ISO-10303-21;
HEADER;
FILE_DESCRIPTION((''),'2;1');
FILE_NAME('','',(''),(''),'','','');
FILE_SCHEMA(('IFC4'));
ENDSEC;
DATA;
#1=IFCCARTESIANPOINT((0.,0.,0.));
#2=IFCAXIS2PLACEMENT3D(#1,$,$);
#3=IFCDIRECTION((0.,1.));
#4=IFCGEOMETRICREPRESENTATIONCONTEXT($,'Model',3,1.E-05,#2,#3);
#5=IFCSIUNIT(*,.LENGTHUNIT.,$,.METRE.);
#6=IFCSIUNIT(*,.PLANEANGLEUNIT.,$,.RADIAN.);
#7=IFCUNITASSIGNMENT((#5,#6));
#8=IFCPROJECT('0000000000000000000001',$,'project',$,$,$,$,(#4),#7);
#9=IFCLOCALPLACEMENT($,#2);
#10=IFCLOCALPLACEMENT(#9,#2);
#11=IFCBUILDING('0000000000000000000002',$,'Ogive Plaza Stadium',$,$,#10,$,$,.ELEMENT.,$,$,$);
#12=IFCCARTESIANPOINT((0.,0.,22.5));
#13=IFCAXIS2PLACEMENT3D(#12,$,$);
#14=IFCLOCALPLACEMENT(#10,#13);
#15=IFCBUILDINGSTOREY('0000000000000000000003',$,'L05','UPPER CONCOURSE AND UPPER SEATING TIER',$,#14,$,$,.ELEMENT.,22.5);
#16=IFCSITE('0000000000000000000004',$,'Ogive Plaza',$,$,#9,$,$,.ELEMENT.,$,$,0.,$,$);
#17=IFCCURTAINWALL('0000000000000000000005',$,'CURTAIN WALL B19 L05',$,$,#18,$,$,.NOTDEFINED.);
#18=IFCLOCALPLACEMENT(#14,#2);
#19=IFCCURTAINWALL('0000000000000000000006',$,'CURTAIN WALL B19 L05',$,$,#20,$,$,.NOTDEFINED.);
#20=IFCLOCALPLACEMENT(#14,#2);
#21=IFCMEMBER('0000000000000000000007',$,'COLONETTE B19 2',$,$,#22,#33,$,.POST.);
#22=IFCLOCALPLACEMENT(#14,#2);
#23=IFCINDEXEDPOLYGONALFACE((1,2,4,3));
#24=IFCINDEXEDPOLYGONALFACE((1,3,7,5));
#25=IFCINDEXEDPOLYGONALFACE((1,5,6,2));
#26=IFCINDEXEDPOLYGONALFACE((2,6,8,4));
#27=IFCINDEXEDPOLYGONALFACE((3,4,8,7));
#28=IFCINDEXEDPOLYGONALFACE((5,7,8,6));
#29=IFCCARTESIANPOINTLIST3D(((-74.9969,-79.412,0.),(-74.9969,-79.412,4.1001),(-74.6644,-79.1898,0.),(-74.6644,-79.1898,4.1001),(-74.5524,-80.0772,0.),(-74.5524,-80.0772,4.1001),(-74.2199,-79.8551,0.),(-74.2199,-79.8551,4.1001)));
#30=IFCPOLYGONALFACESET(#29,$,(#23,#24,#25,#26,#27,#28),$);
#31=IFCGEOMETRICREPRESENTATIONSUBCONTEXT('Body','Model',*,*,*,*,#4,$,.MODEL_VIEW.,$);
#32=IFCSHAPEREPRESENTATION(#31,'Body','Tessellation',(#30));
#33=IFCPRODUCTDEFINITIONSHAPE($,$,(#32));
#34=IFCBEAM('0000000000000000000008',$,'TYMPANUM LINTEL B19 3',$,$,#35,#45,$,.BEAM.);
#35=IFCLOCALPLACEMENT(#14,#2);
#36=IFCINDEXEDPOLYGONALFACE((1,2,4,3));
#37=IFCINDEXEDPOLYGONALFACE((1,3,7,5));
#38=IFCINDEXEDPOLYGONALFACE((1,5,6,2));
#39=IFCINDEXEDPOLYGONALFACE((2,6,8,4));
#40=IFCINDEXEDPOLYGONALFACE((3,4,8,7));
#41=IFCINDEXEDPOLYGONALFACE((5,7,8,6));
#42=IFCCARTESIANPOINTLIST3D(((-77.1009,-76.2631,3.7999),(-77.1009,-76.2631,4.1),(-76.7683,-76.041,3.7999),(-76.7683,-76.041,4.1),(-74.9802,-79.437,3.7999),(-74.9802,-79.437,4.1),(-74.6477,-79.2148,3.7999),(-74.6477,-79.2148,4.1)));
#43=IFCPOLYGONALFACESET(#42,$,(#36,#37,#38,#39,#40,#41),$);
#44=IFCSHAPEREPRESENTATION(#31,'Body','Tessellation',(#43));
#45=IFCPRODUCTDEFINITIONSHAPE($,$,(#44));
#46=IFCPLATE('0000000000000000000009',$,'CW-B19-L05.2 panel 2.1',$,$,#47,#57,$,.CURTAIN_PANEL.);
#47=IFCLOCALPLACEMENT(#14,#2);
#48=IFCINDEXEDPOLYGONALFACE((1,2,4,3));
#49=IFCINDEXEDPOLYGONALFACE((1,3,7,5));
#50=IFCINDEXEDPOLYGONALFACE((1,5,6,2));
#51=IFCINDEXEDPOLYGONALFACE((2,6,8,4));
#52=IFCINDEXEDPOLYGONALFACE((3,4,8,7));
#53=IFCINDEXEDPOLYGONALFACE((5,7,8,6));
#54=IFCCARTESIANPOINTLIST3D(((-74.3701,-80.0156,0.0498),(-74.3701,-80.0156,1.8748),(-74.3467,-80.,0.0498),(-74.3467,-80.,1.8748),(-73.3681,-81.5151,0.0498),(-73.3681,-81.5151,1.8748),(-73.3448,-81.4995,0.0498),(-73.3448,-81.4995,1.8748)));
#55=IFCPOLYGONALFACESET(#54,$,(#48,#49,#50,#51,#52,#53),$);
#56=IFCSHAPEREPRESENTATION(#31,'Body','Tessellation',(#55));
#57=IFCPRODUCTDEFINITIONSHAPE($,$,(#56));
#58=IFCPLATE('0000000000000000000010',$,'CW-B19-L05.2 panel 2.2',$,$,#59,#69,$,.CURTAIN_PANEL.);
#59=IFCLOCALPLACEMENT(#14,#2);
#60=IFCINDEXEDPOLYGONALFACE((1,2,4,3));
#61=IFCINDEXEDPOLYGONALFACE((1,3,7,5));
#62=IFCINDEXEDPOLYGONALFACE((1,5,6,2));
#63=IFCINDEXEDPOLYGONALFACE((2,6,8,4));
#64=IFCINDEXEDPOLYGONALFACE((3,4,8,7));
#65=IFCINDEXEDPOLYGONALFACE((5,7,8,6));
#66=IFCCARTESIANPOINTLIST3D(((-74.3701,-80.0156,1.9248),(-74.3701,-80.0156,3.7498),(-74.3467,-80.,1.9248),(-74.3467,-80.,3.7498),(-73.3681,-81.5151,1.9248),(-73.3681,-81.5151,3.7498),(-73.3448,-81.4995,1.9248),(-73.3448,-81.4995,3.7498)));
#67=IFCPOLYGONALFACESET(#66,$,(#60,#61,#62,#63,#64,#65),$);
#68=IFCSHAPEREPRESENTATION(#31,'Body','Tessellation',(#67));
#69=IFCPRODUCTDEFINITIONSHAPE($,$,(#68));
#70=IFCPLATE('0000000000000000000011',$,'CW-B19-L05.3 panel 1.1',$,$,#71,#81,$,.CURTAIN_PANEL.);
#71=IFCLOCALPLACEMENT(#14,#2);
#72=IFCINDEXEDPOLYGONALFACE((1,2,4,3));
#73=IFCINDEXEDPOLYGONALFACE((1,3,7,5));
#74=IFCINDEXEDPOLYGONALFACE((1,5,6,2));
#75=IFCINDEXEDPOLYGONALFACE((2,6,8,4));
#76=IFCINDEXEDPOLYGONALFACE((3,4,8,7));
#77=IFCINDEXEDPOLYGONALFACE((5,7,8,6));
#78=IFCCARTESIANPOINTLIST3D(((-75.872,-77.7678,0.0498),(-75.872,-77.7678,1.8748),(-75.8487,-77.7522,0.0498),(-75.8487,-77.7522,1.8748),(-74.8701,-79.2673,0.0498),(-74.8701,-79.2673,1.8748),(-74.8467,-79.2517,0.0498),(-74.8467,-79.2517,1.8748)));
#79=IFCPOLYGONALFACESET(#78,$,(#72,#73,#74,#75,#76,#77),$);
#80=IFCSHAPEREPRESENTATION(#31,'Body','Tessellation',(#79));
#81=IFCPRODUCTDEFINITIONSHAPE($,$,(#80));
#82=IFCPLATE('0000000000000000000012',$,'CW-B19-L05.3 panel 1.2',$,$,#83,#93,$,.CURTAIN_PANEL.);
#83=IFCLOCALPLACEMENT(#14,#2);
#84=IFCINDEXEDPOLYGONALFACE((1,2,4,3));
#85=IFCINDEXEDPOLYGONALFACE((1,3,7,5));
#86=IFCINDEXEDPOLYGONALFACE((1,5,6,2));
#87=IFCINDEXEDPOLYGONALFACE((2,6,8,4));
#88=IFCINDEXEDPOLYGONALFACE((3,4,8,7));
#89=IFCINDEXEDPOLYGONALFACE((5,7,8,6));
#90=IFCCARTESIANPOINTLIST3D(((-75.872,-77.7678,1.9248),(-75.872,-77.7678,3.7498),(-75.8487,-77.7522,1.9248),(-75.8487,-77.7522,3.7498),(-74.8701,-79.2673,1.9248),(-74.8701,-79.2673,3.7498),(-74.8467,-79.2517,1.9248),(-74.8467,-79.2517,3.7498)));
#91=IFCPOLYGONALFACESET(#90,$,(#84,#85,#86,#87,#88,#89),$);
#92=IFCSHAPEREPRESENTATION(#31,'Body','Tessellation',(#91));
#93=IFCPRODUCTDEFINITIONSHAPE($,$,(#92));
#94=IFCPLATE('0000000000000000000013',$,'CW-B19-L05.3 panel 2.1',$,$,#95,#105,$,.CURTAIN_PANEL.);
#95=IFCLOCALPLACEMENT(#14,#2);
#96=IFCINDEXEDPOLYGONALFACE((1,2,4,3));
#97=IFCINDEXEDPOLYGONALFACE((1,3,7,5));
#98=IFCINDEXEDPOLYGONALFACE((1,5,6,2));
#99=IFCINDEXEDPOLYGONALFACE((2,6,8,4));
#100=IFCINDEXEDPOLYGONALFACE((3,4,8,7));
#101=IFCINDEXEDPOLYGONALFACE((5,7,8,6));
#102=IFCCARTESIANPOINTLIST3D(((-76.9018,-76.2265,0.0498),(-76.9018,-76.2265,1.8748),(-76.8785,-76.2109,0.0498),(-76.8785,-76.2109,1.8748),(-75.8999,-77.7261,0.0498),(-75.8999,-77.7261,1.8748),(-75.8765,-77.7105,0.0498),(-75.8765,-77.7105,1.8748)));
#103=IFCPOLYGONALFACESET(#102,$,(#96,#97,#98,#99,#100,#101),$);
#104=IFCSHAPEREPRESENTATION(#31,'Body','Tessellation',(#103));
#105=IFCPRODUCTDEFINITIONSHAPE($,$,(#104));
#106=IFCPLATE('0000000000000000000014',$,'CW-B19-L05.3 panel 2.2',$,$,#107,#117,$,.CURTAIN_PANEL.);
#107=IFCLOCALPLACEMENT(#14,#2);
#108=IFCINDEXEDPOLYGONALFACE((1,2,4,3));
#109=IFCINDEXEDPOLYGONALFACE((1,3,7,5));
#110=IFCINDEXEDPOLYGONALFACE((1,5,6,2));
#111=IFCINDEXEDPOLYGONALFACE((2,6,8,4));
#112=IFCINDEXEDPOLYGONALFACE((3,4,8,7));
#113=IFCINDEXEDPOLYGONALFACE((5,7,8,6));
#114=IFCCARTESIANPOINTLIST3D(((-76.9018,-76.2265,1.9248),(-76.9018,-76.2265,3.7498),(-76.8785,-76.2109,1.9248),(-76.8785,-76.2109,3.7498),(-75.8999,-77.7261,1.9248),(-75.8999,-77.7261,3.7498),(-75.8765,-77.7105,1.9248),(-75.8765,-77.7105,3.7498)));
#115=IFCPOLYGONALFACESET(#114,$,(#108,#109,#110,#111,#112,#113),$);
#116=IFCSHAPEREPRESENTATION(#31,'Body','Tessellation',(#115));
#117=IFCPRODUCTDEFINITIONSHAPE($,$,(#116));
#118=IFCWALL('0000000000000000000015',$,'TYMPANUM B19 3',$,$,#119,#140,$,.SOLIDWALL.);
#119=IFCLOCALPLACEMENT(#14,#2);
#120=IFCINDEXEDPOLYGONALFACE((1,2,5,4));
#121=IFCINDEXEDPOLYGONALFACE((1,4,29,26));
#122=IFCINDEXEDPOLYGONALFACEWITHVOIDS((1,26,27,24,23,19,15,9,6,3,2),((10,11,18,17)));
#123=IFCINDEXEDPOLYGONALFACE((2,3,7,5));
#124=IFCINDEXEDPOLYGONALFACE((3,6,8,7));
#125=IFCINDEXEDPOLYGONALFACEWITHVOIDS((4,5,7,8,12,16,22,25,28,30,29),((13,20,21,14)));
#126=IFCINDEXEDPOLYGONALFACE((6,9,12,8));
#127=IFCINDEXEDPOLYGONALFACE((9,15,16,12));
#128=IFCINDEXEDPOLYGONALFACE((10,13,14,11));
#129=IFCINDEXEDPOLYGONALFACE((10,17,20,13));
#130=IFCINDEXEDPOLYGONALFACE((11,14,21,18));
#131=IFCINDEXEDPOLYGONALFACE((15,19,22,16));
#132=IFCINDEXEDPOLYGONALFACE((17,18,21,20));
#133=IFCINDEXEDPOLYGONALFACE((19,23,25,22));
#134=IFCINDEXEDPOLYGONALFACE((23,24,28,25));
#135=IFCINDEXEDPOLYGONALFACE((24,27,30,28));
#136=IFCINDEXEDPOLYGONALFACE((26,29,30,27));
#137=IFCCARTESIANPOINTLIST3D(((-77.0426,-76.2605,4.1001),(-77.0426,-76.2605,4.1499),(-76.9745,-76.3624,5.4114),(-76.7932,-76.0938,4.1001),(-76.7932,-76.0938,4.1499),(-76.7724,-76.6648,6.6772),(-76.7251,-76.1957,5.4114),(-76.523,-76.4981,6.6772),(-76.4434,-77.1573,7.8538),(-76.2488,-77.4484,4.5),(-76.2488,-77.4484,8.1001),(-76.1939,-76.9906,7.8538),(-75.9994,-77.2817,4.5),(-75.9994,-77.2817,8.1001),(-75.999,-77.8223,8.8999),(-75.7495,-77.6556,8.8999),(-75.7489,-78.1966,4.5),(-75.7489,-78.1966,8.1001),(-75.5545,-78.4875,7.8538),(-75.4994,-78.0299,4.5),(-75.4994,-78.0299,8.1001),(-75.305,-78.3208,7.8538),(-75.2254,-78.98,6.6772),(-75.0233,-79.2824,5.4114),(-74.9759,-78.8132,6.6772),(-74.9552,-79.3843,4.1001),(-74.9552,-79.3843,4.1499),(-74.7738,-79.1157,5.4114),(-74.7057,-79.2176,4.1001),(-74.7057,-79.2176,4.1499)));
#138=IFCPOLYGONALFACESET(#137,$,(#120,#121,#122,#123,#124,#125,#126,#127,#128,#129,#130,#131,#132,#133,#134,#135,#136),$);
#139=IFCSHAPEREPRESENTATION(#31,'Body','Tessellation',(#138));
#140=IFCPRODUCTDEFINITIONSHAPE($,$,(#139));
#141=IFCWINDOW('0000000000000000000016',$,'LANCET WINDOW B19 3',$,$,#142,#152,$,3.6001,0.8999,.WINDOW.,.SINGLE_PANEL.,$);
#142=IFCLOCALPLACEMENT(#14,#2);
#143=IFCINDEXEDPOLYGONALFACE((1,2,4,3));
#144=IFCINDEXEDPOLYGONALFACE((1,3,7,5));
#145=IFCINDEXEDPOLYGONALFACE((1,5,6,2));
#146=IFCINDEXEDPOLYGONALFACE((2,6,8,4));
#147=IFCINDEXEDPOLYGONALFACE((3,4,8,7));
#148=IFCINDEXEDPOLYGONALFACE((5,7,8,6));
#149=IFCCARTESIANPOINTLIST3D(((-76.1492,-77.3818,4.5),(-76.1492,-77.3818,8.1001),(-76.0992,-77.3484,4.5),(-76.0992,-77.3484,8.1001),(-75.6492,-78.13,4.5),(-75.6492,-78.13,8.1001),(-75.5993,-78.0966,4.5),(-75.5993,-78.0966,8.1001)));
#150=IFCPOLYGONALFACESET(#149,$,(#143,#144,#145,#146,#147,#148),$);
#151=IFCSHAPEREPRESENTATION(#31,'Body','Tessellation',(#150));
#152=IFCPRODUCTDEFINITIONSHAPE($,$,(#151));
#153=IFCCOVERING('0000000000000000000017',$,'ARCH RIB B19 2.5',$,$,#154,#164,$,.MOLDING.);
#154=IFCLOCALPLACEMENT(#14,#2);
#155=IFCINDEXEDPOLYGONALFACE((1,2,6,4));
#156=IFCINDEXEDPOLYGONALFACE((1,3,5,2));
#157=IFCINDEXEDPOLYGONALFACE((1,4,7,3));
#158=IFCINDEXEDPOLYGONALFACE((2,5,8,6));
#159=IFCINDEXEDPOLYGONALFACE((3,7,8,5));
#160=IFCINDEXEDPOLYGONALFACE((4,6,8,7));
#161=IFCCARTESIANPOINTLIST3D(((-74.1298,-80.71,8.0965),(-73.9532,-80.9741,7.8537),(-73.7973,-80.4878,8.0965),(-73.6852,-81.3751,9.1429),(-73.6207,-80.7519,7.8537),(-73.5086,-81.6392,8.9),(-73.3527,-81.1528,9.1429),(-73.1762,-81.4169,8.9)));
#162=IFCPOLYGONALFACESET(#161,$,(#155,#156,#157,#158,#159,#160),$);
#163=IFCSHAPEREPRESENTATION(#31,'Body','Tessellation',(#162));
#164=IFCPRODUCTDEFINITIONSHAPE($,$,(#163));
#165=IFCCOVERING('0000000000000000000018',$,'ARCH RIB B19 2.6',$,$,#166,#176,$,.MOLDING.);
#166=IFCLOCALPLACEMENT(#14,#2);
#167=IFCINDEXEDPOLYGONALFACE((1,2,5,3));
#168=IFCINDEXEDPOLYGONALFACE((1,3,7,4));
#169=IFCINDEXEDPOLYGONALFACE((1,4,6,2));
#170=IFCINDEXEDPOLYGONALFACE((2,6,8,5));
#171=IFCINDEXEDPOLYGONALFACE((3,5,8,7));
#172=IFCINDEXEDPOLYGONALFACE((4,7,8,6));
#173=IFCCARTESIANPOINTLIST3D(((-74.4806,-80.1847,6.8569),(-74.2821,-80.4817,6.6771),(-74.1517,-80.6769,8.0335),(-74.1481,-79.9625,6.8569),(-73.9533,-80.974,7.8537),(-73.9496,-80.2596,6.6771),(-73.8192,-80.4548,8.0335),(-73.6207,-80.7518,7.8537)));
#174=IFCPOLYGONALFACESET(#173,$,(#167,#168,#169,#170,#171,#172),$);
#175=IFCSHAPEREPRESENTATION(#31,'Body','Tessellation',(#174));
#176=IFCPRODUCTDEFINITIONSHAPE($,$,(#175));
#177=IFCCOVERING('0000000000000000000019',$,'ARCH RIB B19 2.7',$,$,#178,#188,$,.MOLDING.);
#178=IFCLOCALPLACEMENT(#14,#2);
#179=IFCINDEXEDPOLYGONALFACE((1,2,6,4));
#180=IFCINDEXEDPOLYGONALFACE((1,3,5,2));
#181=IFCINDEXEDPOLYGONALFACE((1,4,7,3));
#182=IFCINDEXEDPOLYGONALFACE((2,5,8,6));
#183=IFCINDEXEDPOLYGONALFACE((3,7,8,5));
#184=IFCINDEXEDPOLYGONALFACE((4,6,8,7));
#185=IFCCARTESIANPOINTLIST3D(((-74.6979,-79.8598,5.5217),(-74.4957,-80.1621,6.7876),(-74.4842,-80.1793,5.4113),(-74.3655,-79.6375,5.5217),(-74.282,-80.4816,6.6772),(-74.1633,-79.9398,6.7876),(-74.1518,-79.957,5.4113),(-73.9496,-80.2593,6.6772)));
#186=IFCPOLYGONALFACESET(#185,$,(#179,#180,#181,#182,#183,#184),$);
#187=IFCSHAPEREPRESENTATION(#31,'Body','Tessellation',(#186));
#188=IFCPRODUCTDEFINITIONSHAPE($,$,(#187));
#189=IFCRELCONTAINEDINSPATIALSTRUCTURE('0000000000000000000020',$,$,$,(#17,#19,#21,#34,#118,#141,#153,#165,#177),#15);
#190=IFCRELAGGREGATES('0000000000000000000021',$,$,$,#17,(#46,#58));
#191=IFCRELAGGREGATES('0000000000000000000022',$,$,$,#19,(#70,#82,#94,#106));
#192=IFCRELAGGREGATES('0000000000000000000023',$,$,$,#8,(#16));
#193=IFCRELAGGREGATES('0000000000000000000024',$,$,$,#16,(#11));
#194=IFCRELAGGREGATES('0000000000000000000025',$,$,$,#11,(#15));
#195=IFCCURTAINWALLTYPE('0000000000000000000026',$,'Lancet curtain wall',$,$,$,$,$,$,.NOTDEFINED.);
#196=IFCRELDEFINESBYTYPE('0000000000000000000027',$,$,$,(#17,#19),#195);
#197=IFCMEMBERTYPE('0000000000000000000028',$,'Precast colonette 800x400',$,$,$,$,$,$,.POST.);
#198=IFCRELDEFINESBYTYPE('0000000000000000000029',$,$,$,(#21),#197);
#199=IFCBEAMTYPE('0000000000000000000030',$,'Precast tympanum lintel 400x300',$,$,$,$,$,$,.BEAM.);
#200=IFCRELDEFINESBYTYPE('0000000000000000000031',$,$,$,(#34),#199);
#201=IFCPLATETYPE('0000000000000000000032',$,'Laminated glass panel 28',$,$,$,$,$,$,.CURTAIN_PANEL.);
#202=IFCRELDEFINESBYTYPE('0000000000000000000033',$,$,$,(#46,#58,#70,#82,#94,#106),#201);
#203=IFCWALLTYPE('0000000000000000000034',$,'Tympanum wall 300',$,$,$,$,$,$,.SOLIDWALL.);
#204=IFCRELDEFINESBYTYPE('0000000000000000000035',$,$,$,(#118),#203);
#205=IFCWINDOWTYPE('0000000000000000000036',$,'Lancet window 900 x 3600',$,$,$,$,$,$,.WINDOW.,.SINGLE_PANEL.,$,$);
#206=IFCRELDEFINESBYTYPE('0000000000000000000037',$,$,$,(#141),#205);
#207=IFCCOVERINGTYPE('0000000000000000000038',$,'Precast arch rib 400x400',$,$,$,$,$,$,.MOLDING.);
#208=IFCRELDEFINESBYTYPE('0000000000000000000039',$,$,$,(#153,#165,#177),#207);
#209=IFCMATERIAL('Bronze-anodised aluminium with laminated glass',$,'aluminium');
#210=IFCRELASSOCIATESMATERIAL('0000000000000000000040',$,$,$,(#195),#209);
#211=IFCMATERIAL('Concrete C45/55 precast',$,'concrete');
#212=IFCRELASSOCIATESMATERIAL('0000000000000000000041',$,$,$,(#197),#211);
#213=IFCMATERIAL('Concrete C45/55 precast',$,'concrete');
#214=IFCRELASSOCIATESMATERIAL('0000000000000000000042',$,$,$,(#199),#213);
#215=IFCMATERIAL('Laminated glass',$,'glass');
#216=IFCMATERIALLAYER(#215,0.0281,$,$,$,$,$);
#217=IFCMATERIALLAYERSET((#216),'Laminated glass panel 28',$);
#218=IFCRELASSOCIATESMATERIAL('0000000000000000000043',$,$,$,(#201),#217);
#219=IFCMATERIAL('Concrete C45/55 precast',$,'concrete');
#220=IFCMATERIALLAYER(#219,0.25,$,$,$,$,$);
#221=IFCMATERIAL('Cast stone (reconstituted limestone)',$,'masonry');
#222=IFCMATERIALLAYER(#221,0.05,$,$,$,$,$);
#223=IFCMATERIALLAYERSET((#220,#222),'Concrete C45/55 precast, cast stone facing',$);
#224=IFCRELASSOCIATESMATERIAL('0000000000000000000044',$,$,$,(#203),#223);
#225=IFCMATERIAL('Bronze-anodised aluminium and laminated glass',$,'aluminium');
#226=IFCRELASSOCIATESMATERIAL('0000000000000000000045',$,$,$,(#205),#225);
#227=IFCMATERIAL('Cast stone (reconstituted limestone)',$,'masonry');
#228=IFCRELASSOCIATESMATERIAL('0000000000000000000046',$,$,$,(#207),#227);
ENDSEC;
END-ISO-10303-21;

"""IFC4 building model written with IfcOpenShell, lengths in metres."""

from ifc_helpers import new_model, si_unit, direction, frame, frame_2d, origin, origin_2d, place, context, subcontext, project, spatial, polyline, rectangle, outline, extrude, material, layer, layer_set, material_profile, profile_set, type_object, element, fill, aggregate, save


model = new_model("IFC4")

# Units and contexts
model_context = context("Model", 3, precision=1e-05, world=origin(), true_north=direction((0.0, 1.0)))
body_context = subcontext(model_context, "Body", "Model", "MODEL_VIEW")
ifc_project = project(units=[si_unit("LENGTHUNIT", "METRE"), si_unit("PLANEANGLEUNIT", "RADIAN")], contexts=[model_context])

# Site, building, storey
site_placement = place(None, origin())
site = spatial("IfcSite", under=ifc_project, at=site_placement, Name="Ogive Plaza", CompositionType="ELEMENT", RefElevation=0.0)
building_placement = place(site_placement, origin())
building = spatial("IfcBuilding", under=site, at=building_placement, Name="Ogive Plaza Stadium", CompositionType="ELEMENT")
storey_placement = place(building_placement, frame((0.0, 0.0, 22.5)))
storey = spatial("IfcBuildingStorey", under=building, at=storey_placement, Name="L05", Description="UPPER CONCOURSE AND UPPER SEATING TIER", CompositionType="ELEMENT", Elevation=22.5)

# Curtain walls
ifc_material_1 = material(Name="Bronze-anodised aluminium with laminated glass", Category="aluminium")
curtain_wall_type = type_object("IfcCurtainWallType", Name="Lancet curtain wall", PredefinedType="NOTDEFINED", material=ifc_material_1)
curtain_wall_1_placement = place(storey_placement, origin())
curtain_wall_1 = element("IfcCurtainWall", 1, at=curtain_wall_1_placement, inside=storey, type_object=curtain_wall_type, Name="CURTAIN WALL B19 L05", PredefinedType="NOTDEFINED")
curtain_wall_2_placement = place(storey_placement, origin())
curtain_wall_2 = element("IfcCurtainWall", 2, at=curtain_wall_2_placement, inside=storey, type_object=curtain_wall_type, Name="CURTAIN WALL B19 L05", PredefinedType="NOTDEFINED")

# Member
ifc_material_2 = material(Name="Concrete C45/55 precast", Category="concrete")
ifc_material_profile_1 = material_profile(ifc_material_2, rectangle(XDim=0.3999, YDim=0.8, at=origin_2d()), Name="RC 400x800")
ifc_profile_set_1 = profile_set([ifc_material_profile_1], Name="Concrete C45/55 precast")
member_type_1 = type_object("IfcMemberType", Name="Precast colonette 800x400", PredefinedType="POST", material=ifc_profile_set_1)
member_1_placement = place(storey_placement, frame((-74.6084, -79.6335, 0.0), z_axis=(0.0, 0.0, 1.0), x_axis=(-0.83147, -0.55557, 0.0)))
element("IfcMember", 3, at=member_1_placement, inside=storey, type_object=member_type_1, Name="COLONETTE B19 2", PredefinedType="POST", context=body_context, shape_type="SweptSolid", body=[
    extrude(rectangle(XDim=0.3999, YDim=0.8, at=origin_2d()), origin(), (0.0, 0.0, 1.0), 4.1001),
])

# Beam
ifc_material_3 = material(Name="Concrete C45/55 precast", Category="concrete")
ifc_material_profile_2 = material_profile(ifc_material_3, rectangle(XDim=0.3999, YDim=0.3, at=origin_2d()), Name="RC 400x300")
ifc_profile_set_2 = profile_set([ifc_material_profile_2], Name="Concrete C45/55 precast")
beam_type = type_object("IfcBeamType", Name="Precast tympanum lintel 400x300", PredefinedType="BEAM", material=ifc_profile_set_2)
beam_placement = place(storey_placement, frame((-74.814, -79.3259, 3.95), z_axis=(-0.555556, 0.831479, 0.0), x_axis=(-0.831479, -0.555556, 0.0)))
element("IfcBeam", 4, at=beam_placement, inside=storey, type_object=beam_type, Name="TYMPANUM LINTEL B19 3", PredefinedType="BEAM", context=body_context, shape_type="SweptSolid", body=[
    extrude(rectangle(XDim=0.3999, YDim=0.3, at=origin_2d()), origin(), (0.0, 0.0, 1.0), 3.8171),
])

# Plates
ifc_material_4 = material(Name="Laminated glass", Category="glass")
ifc_layer_1 = layer(ifc_material_4, 0.0281)
ifc_layer_set_1 = layer_set([ifc_layer_1], Name="Laminated glass panel 28")
plate_type = type_object("IfcPlateType", Name="Laminated glass panel 28", PredefinedType="CURTAIN_PANEL", material=ifc_layer_set_1)
plate_1_placement = place(storey_placement, frame((-73.8574, -80.7576, 0.0498), z_axis=(0.0, 0.0, 1.0), x_axis=(-0.55557, 0.83147, 0.0)))
plate_1 = element("IfcPlate", 5, at=plate_1_placement, type_object=plate_type, Name="CW-B19-L05.2 panel 2.1", PredefinedType="CURTAIN_PANEL", context=body_context, shape_type="SweptSolid", body=[
    extrude(rectangle(XDim=1.8035, YDim=0.0281, at=origin_2d()), origin(), (0.0, 0.0, 1.0), 1.825),
])
plate_2_placement = place(storey_placement, frame((-73.8574, -80.7576, 1.9248), z_axis=(0.0, 0.0, 1.0), x_axis=(-0.55557, 0.83147, 0.0)))
plate_2 = element("IfcPlate", 6, at=plate_2_placement, type_object=plate_type, Name="CW-B19-L05.2 panel 2.2", PredefinedType="CURTAIN_PANEL", context=body_context, shape_type="SweptSolid", body=[
    extrude(rectangle(XDim=1.8035, YDim=0.0281, at=origin_2d()), origin(), (0.0, 0.0, 1.0), 1.825),
])
aggregate(curtain_wall_1, [plate_1, plate_2])
plate_3_placement = place(storey_placement, frame((-75.3594, -78.5098, 0.0498), z_axis=(0.0, 0.0, 1.0), x_axis=(-0.55557, 0.83147, 0.0)))
plate_3 = element("IfcPlate", 7, at=plate_3_placement, type_object=plate_type, Name="CW-B19-L05.3 panel 1.1", PredefinedType="CURTAIN_PANEL", context=body_context, shape_type="SweptSolid", body=[
    extrude(rectangle(XDim=1.8035, YDim=0.0281, at=origin_2d()), origin(), (0.0, 0.0, 1.0), 1.825),
])
plate_4_placement = place(storey_placement, frame((-75.3594, -78.5098, 1.9248), z_axis=(0.0, 0.0, 1.0), x_axis=(-0.55557, 0.83147, 0.0)))
plate_4 = element("IfcPlate", 8, at=plate_4_placement, type_object=plate_type, Name="CW-B19-L05.3 panel 1.2", PredefinedType="CURTAIN_PANEL", context=body_context, shape_type="SweptSolid", body=[
    extrude(rectangle(XDim=1.8035, YDim=0.0281, at=origin_2d()), origin(), (0.0, 0.0, 1.0), 1.825),
])
plate_5_placement = place(storey_placement, frame((-76.3892, -76.9685, 0.0498), z_axis=(0.0, 0.0, 1.0), x_axis=(-0.55557, 0.83147, 0.0)))
plate_5 = element("IfcPlate", 9, at=plate_5_placement, type_object=plate_type, Name="CW-B19-L05.3 panel 2.1", PredefinedType="CURTAIN_PANEL", context=body_context, shape_type="SweptSolid", body=[
    extrude(rectangle(XDim=1.8035, YDim=0.0281, at=origin_2d()), origin(), (0.0, 0.0, 1.0), 1.825),
])
plate_6_placement = place(storey_placement, frame((-76.3892, -76.9685, 1.9248), z_axis=(0.0, 0.0, 1.0), x_axis=(-0.55557, 0.83147, 0.0)))
plate_6 = element("IfcPlate", 10, at=plate_6_placement, type_object=plate_type, Name="CW-B19-L05.3 panel 2.2", PredefinedType="CURTAIN_PANEL", context=body_context, shape_type="SweptSolid", body=[
    extrude(rectangle(XDim=1.8035, YDim=0.0281, at=origin_2d()), origin(), (0.0, 0.0, 1.0), 1.825),
])
aggregate(curtain_wall_2, [plate_3, plate_4, plate_5, plate_6])

# Wall, opening, window
ifc_material_5 = material(Name="Concrete C45/55 precast", Category="concrete")
ifc_layer_2 = layer(ifc_material_5, 0.25)
ifc_material_6 = material(Name="Cast stone (reconstituted limestone)", Category="masonry")
ifc_layer_3 = layer(ifc_material_6, 0.05)
ifc_layer_set_2 = layer_set([ifc_layer_2, ifc_layer_3], Name="Concrete C45/55 precast, cast stone facing")
wall_type = type_object("IfcWallType", Name="Tympanum wall 300", PredefinedType="SOLIDWALL", material=ifc_layer_set_2)
wall_placement = place(storey_placement, frame((-74.8306, -79.301, 4.1001), z_axis=(0.0, 0.0, 1.0), x_axis=(-0.5556, 0.83145, 0.0)))
wall = element("IfcWall", 11, at=wall_placement, inside=storey, type_object=wall_type, Name="TYMPANUM B19 3", PredefinedType="SOLIDWALL", context=body_context, shape_type="SweptSolid", body=[
    extrude(outline(polyline([(0.0, 0.0), (3.7571, 0.0), (3.7571, 0.0498), (3.6345, 1.3113), (3.2708, 2.5771), (2.6785, 3.7537), (1.8787, 4.7998), (1.0786, 3.7537), (0.4863, 2.5771), (0.1226, 1.3113), (0.0, 0.0498), (0.0, 0.0)])), frame((0.0, 0.1499, 0.0), z_axis=(0.0, -1.0, 0.0), x_axis=(1.0, 0.0, 0.0)), (0.0, 0.0, 1.0), 0.3),
])
opening_placement = place(wall_placement, frame((1.4285, 0.0, 0.3999)))
opening = element("IfcOpeningElement", 12, at=opening_placement, cuts=wall, PredefinedType="OPENING", context=body_context, shape_type="SweptSolid", body=[
    extrude(rectangle(XDim=0.8999, YDim=3.6001, at=frame_2d((0.45, 1.8))), frame((0.0, 0.1602, 0.0), z_axis=(0.0, -1.0, 0.0), x_axis=(1.0, 0.0, 0.0)), (0.0, 0.0, 1.0), 0.3201),
])
ifc_material_7 = material(Name="Bronze-anodised aluminium and laminated glass", Category="aluminium")
window_type = type_object("IfcWindowType", Name="Lancet window 900 x 3600", PartitioningType="SINGLE_PANEL", PredefinedType="WINDOW", material=ifc_material_7)
window_placement = place(opening_placement, origin())
window = element("IfcWindow", 13, at=window_placement, inside=storey, type_object=window_type, Name="LANCET WINDOW B19 3", OverallHeight=3.6001, OverallWidth=0.8999, PartitioningType="SINGLE_PANEL", PredefinedType="WINDOW", context=body_context, shape_type="SweptSolid", body=[
    extrude(rectangle(XDim=0.8999, YDim=3.6001, at=frame_2d((0.45, 1.8))), frame((0.0, 0.03, 0.0), z_axis=(0.0, -1.0, 0.0), x_axis=(1.0, 0.0, 0.0)), (0.0, 0.0, 1.0), 0.0601),
])
fill(opening, window)

# Coverings
ifc_material_8 = material(Name="Cast stone (reconstituted limestone)", Category="masonry")
ifc_material_profile_3 = material_profile(ifc_material_8, rectangle(XDim=0.3999, YDim=0.3999, at=origin_2d()), Name="Cast stone 400x400")
ifc_profile_set_3 = profile_set([ifc_material_profile_3], Name="Cast stone (reconstituted limestone)")
covering_type_1 = type_object("IfcCoveringType", Name="Precast arch rib 400x400", PredefinedType="MOLDING", material=ifc_profile_set_3)
for number, where, z_axis, x_axis, name in (
    (14, (-73.4307, -81.396, 9.0215), (-0.337535, 0.504912, -0.794439), (-0.831345, -0.555756, 0.0), "ARCH RIB B19 2.5"),
    (15, (-73.8862, -80.7144, 7.9436), (-0.249695, 0.373709, -0.893305), (-0.831479, -0.555557, 0.0), "ARCH RIB B19 2.6"),
    (16, (-74.2227, -80.2107, 6.7324), (-0.153485, 0.229486, -0.961134), (-0.831223, -0.555939, 0.0), "ARCH RIB B19 2.7"),
):
    element("IfcCovering", number, at=place(storey_placement, frame(where, z_axis=z_axis, x_axis=x_axis)), inside=storey, type_object=covering_type_1, Name=name, PredefinedType="MOLDING", context=body_context, shape_type="SweptSolid", body=[
        extrude(rectangle(XDim=0.3999, YDim=0.3999, at=origin_2d()), origin(), (0.0, 0.0, 1.0), 1.3171),
    ])

save(model, "model.ifc")
